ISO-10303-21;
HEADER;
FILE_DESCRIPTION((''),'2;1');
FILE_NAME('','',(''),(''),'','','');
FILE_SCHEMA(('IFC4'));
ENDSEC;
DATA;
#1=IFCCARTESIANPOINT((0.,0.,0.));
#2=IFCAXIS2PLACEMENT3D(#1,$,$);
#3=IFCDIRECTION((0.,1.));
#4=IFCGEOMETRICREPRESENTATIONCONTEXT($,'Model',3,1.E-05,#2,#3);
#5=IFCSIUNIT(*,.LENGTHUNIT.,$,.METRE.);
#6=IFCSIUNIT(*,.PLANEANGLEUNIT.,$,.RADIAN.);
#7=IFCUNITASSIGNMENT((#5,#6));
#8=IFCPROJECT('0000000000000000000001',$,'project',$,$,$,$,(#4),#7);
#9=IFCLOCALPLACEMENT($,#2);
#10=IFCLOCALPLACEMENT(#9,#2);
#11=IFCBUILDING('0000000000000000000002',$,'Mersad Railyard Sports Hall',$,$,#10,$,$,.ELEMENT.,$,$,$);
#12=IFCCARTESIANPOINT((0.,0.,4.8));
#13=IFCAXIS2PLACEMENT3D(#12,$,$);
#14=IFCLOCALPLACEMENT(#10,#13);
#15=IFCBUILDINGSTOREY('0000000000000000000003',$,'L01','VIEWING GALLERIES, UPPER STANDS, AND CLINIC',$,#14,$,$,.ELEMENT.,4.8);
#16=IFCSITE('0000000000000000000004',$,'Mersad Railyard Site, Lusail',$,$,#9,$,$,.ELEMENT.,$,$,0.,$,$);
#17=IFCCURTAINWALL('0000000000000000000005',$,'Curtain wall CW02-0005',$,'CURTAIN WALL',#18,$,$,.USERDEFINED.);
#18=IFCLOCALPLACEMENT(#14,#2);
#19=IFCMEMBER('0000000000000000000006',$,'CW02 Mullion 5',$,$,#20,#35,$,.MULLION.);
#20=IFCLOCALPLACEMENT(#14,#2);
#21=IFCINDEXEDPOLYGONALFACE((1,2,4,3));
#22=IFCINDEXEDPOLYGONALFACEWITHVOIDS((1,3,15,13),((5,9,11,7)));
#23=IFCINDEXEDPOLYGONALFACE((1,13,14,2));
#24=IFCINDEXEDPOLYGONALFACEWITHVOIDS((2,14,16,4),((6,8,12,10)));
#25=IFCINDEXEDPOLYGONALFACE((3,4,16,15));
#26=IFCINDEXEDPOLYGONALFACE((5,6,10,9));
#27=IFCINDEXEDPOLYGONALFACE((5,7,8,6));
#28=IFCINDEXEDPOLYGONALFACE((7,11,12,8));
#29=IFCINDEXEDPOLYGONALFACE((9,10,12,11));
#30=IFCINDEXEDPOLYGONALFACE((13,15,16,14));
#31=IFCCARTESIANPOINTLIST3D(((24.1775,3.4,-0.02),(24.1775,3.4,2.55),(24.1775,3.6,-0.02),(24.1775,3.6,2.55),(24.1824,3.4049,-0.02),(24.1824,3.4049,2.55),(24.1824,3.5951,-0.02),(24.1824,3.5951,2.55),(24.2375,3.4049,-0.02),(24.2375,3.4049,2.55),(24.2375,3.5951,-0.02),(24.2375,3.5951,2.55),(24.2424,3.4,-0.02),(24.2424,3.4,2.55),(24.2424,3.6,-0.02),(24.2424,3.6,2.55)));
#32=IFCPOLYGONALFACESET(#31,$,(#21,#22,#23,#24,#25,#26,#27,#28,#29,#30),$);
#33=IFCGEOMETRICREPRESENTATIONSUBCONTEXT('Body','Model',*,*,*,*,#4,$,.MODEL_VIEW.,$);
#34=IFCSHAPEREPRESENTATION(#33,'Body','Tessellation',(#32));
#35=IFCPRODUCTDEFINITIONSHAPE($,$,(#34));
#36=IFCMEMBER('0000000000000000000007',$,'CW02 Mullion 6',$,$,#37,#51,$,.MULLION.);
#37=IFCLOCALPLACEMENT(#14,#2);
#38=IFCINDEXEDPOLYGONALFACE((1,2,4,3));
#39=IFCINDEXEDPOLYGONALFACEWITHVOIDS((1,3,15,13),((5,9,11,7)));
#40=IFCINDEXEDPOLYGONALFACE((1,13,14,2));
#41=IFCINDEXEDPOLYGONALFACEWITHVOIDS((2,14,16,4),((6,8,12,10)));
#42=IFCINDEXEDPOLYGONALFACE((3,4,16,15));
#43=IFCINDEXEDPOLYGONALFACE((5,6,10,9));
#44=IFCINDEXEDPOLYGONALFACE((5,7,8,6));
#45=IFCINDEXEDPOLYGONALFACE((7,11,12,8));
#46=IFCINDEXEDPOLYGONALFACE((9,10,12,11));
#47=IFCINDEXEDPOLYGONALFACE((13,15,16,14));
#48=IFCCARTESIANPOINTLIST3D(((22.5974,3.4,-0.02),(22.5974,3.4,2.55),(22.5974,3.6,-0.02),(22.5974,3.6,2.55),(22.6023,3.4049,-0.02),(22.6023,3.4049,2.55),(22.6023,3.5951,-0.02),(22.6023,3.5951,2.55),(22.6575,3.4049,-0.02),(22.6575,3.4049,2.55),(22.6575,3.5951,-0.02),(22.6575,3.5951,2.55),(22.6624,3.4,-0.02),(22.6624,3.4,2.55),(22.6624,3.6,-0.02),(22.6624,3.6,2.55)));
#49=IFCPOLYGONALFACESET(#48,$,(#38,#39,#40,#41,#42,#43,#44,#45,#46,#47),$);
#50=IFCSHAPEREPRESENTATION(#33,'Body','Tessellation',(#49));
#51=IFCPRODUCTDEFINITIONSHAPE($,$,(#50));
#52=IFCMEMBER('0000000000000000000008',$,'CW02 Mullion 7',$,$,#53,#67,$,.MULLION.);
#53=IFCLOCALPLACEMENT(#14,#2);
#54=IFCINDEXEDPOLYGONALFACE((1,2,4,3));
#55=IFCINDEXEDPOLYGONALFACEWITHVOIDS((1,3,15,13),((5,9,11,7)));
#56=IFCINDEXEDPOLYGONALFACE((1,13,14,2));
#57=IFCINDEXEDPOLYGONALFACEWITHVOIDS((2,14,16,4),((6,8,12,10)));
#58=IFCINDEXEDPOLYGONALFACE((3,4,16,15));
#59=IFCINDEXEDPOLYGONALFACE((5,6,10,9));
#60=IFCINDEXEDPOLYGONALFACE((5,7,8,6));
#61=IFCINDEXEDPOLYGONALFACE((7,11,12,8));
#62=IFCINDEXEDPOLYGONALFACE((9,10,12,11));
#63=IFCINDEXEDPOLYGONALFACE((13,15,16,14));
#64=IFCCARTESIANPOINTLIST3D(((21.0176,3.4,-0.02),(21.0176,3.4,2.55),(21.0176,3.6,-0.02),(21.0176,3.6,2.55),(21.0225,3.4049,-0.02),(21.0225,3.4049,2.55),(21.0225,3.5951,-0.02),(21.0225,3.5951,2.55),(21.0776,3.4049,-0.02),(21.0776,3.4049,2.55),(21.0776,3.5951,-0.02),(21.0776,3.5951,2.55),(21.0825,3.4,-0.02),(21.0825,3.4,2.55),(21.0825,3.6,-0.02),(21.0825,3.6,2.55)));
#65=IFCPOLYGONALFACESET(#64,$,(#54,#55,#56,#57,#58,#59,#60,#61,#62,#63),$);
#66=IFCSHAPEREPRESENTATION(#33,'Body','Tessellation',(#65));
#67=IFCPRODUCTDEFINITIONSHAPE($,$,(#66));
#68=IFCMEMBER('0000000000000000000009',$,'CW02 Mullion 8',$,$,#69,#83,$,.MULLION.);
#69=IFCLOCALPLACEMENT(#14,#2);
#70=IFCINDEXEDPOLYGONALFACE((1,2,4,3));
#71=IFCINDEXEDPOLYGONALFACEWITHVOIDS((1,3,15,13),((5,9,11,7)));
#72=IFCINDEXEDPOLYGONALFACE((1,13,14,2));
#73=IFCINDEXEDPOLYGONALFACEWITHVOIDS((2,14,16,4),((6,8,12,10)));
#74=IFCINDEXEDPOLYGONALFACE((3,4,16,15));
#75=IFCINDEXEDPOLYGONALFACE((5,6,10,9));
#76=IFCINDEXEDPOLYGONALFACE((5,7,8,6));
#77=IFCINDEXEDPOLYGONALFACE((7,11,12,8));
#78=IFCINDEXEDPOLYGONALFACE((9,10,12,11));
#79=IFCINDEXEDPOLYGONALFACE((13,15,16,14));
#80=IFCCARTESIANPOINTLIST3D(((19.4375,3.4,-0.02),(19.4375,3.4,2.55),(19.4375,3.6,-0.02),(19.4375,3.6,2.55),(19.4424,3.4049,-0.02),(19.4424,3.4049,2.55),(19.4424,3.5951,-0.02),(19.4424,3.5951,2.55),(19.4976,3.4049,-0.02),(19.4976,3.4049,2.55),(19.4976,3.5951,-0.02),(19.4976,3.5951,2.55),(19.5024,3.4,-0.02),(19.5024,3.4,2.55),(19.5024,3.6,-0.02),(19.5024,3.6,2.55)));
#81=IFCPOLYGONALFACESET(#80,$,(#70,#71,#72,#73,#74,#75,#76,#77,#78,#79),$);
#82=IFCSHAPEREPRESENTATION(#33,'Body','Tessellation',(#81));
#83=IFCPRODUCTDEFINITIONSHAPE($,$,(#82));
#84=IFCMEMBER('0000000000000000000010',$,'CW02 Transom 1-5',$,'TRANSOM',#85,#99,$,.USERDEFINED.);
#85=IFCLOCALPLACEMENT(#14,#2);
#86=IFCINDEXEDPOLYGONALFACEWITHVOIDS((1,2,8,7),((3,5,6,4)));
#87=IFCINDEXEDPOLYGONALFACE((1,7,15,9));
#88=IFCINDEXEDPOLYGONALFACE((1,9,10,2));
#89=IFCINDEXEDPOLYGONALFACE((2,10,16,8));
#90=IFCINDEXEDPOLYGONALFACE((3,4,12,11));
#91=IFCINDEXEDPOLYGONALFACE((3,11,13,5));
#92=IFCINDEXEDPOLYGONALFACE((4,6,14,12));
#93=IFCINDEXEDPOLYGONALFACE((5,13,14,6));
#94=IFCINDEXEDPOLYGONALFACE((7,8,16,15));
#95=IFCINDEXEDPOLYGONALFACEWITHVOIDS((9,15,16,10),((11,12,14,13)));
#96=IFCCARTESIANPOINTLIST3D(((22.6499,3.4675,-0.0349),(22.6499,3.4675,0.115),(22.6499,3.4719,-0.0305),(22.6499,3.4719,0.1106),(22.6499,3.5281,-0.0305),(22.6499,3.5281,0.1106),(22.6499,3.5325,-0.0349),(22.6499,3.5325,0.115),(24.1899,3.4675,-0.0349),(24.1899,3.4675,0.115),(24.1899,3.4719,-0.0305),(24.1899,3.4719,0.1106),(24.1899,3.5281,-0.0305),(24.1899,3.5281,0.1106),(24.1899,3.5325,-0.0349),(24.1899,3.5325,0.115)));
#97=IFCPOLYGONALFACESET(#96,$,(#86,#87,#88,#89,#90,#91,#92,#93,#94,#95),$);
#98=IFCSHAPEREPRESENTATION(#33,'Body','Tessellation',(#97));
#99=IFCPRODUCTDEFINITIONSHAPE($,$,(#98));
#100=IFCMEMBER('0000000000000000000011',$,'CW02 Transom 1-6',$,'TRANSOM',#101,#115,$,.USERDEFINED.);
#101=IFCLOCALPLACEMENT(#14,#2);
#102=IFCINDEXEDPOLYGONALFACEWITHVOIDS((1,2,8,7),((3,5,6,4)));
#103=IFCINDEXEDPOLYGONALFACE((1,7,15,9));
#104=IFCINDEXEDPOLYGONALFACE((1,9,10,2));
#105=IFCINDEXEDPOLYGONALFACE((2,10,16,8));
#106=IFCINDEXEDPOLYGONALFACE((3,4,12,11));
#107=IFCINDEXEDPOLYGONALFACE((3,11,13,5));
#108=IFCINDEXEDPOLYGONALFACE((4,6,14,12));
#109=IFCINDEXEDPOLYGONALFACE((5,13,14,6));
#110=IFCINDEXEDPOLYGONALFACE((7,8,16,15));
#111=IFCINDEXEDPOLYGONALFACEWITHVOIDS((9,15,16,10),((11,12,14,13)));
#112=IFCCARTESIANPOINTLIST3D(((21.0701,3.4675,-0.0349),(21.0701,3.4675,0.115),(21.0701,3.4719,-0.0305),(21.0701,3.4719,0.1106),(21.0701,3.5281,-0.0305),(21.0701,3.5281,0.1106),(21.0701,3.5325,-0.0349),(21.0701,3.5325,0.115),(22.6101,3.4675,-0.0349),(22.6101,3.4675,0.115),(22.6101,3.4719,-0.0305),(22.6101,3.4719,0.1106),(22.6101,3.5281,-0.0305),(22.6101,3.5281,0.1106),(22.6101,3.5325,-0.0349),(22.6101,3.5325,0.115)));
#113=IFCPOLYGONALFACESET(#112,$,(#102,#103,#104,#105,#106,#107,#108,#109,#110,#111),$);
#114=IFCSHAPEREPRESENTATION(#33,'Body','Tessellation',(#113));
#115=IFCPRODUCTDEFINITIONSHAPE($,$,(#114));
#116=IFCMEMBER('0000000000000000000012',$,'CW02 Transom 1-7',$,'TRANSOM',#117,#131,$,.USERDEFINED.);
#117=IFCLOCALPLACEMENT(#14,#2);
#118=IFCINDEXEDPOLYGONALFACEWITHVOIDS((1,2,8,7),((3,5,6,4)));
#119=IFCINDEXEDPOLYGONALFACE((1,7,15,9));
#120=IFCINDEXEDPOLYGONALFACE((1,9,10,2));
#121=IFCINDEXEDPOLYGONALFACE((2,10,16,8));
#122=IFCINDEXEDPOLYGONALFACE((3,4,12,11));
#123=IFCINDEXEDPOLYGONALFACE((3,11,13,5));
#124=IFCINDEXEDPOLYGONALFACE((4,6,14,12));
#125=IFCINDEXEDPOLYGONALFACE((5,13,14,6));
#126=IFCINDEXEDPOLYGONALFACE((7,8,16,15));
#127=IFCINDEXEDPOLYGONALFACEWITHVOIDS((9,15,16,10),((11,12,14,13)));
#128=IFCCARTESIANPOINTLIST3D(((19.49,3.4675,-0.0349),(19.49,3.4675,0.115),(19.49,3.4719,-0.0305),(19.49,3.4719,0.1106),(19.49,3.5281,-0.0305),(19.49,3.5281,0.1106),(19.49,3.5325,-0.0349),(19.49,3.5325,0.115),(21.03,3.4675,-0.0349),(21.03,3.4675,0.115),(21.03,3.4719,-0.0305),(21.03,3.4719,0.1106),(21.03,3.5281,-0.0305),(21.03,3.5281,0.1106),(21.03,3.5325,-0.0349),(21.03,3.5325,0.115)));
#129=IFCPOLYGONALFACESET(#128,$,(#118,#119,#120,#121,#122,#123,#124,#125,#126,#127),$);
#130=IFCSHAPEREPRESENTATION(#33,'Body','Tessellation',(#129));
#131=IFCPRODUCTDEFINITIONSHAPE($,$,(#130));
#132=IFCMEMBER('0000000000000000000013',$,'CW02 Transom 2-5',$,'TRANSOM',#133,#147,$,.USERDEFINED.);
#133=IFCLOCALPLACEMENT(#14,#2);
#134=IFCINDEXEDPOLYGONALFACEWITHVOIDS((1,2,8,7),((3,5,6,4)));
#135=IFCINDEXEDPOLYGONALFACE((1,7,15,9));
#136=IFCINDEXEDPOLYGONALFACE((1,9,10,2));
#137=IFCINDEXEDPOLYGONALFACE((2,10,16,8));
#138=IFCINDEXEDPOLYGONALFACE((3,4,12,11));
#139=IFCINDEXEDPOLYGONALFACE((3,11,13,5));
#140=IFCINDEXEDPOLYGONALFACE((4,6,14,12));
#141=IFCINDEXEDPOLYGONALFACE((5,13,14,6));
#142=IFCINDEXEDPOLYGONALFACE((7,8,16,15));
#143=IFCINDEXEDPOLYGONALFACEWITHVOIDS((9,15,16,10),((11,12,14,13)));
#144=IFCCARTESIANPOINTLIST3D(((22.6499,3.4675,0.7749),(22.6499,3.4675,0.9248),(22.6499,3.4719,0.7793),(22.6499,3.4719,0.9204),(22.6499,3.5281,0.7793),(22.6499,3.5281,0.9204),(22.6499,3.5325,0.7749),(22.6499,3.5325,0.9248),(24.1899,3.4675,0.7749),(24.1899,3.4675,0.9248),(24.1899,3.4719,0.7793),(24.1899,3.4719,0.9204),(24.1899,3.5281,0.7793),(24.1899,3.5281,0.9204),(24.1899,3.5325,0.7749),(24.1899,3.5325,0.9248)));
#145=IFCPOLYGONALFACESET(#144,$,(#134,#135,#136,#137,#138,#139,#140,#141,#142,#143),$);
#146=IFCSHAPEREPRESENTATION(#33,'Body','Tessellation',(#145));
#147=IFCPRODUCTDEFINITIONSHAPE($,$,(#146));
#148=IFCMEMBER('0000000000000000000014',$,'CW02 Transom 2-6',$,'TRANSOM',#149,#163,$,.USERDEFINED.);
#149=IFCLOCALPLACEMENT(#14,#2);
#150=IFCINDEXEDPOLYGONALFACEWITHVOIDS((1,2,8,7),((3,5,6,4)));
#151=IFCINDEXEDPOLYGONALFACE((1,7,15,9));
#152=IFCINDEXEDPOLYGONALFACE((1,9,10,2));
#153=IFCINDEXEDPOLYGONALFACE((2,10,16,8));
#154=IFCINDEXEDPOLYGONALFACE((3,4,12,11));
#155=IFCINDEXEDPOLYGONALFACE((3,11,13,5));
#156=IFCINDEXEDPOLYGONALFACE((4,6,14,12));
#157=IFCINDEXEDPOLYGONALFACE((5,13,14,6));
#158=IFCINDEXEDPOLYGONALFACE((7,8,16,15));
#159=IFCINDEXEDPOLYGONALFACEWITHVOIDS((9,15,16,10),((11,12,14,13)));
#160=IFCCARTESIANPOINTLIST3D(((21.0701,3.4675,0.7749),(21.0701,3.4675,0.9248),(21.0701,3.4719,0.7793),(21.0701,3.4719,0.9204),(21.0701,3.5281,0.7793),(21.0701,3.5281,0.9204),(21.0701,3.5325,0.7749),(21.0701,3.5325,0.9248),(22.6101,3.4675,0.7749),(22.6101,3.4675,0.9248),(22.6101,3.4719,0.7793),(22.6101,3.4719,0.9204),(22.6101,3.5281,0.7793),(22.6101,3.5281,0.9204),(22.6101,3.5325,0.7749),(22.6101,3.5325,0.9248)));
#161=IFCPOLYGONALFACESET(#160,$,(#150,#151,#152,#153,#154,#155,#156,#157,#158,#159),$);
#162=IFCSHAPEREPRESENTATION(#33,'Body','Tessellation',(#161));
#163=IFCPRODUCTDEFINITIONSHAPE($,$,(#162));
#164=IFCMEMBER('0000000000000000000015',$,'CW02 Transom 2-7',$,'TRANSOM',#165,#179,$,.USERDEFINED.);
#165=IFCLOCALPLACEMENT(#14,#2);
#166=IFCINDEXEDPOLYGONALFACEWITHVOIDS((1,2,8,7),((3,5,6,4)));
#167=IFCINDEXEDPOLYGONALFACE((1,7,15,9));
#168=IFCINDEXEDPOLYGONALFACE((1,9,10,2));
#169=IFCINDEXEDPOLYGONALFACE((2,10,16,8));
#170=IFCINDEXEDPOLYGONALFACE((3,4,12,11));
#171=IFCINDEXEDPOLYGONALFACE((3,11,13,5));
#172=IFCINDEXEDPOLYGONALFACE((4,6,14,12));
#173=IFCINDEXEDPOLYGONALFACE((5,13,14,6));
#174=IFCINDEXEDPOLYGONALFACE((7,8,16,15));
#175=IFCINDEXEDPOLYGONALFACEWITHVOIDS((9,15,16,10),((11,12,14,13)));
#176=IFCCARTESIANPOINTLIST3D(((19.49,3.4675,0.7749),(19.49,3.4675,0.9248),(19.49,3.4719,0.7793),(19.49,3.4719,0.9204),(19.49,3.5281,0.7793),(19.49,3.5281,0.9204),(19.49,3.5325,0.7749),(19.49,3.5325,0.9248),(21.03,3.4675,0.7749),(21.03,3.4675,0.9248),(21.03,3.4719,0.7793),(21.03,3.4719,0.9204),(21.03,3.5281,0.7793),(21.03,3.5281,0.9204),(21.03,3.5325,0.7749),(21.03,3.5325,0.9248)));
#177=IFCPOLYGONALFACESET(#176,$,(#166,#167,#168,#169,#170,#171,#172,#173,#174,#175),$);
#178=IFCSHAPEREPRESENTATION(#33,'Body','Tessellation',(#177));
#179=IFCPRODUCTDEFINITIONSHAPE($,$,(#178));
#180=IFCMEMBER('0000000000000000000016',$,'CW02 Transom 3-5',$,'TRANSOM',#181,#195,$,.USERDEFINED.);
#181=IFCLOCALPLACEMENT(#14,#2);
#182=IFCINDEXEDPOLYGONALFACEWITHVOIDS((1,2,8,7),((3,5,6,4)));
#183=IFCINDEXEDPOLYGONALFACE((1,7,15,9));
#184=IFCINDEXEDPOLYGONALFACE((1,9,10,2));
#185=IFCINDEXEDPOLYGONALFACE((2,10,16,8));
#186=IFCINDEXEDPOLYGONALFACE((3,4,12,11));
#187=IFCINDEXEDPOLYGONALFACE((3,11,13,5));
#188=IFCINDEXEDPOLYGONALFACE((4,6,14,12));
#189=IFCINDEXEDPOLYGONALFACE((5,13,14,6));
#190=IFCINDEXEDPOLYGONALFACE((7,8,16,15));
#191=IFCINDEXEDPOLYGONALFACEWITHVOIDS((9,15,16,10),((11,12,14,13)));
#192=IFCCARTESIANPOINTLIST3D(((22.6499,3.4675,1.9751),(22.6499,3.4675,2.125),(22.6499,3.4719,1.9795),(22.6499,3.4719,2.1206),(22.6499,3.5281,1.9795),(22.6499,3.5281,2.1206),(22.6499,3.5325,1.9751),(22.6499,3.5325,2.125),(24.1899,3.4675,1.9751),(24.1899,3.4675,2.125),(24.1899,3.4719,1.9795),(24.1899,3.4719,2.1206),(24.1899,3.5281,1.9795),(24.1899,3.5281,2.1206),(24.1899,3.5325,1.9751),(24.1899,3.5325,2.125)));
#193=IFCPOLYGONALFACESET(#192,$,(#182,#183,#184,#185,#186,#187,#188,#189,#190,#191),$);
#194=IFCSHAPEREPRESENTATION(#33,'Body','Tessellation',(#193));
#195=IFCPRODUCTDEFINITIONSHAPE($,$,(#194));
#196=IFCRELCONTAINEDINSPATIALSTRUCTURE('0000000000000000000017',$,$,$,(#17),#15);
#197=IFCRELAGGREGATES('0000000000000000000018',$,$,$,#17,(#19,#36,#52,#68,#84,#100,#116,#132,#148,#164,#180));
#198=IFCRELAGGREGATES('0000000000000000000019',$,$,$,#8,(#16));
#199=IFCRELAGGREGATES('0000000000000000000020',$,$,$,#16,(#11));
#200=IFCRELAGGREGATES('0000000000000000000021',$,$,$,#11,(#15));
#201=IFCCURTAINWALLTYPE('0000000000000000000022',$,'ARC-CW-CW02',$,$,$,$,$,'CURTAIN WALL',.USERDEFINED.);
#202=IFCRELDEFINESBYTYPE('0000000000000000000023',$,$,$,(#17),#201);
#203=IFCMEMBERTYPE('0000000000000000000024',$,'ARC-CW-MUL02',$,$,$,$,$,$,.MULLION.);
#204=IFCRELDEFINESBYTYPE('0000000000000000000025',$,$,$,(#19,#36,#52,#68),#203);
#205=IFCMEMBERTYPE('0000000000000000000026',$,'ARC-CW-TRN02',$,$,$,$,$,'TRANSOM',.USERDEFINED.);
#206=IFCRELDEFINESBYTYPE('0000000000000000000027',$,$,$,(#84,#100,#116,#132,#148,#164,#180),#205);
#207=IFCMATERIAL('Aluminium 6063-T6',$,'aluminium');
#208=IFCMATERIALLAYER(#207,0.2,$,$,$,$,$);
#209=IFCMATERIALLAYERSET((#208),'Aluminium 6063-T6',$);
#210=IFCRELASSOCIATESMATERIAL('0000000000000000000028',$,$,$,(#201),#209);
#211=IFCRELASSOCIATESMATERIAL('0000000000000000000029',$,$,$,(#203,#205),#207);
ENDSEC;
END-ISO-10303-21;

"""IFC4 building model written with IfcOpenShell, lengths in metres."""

from ifc_helpers import new_model, si_unit, direction, frame, origin, origin_2d, place, context, subcontext, project, spatial, hollow_rectangle, extrude, material, layer, layer_set, material_profile, profile_set, type_object, element, aggregate, save


model = new_model("IFC4")

# Units and contexts
model_context = context("Model", 3, precision=1e-05, world=origin(), true_north=direction((0.0, 1.0)))
body_context = subcontext(model_context, "Body", "Model", "MODEL_VIEW")
ifc_project = project(units=[si_unit("LENGTHUNIT", "METRE"), si_unit("PLANEANGLEUNIT", "RADIAN")], contexts=[model_context])

# Site, building, storey
site_placement = place(None, origin())
site = spatial("IfcSite", under=ifc_project, at=site_placement, Name="Mersad Railyard Site, Lusail", CompositionType="ELEMENT", RefElevation=0.0)
building_placement = place(site_placement, origin())
building = spatial("IfcBuilding", under=site, at=building_placement, Name="Mersad Railyard Sports Hall", CompositionType="ELEMENT")
storey_placement = place(building_placement, frame((0.0, 0.0, 4.8)))
storey = spatial("IfcBuildingStorey", under=building, at=storey_placement, Name="L01", Description="VIEWING GALLERIES, UPPER STANDS, AND CLINIC", CompositionType="ELEMENT", Elevation=4.8)

# Curtain wall, members
ifc_material_1 = material(Name="Aluminium 6063-T6", Category="aluminium")
ifc_layer_1 = layer(ifc_material_1, 0.2)
ifc_layer_set_1 = layer_set([ifc_layer_1], Name="Aluminium 6063-T6")
curtain_wall_type = type_object("IfcCurtainWallType", Name="ARC-CW-CW02", ElementType="CURTAIN WALL", PredefinedType="USERDEFINED", material=ifc_layer_set_1)
curtain_wall_placement = place(storey_placement, origin())
curtain_wall = element("IfcCurtainWall", 1, at=curtain_wall_placement, inside=storey, type_object=curtain_wall_type, Name="Curtain wall CW02-0005", ObjectType="CURTAIN WALL", PredefinedType="USERDEFINED")
ifc_material_profile_1 = material_profile(ifc_material_1, hollow_rectangle(XDim=0.0649, YDim=0.2, WallThickness=0.0049, at=origin_2d()), Name="AL MULLION 65x200x5")
ifc_profile_set_1 = profile_set([ifc_material_profile_1], Name="Aluminium 6063-T6")
member_type_1 = type_object("IfcMemberType", Name="ARC-CW-MUL02", PredefinedType="MULLION", material=ifc_profile_set_1)
member_1_placement = place(storey_placement, frame((24.21, 3.5, -0.02), z_axis=(0.0, 0.0, 1.0), x_axis=(1.0, 0.0, 0.0)))
member_1 = element("IfcMember", 2, at=member_1_placement, type_object=member_type_1, Name="CW02 Mullion 5", PredefinedType="MULLION", context=body_context, shape_type="SweptSolid", body=[
    extrude(hollow_rectangle(XDim=0.0649, YDim=0.2, WallThickness=0.0049, at=origin_2d()), origin(), (0.0, 0.0, 1.0), 2.5701),
])
member_2_placement = place(storey_placement, frame((22.6299, 3.5, -0.02), z_axis=(0.0, 0.0, 1.0), x_axis=(1.0, 0.0, 0.0)))
member_2 = element("IfcMember", 3, at=member_2_placement, type_object=member_type_1, Name="CW02 Mullion 6", PredefinedType="MULLION", context=body_context, shape_type="SweptSolid", body=[
    extrude(hollow_rectangle(XDim=0.0649, YDim=0.2, WallThickness=0.0049, at=origin_2d()), origin(), (0.0, 0.0, 1.0), 2.5701),
])
member_3_placement = place(storey_placement, frame((21.05, 3.5, -0.02), z_axis=(0.0, 0.0, 1.0), x_axis=(1.0, 0.0, 0.0)))
member_3 = element("IfcMember", 4, at=member_3_placement, type_object=member_type_1, Name="CW02 Mullion 7", PredefinedType="MULLION", context=body_context, shape_type="SweptSolid", body=[
    extrude(hollow_rectangle(XDim=0.0649, YDim=0.2, WallThickness=0.0049, at=origin_2d()), origin(), (0.0, 0.0, 1.0), 2.5701),
])
member_4_placement = place(storey_placement, frame((19.47, 3.5, -0.02), z_axis=(0.0, 0.0, 1.0), x_axis=(1.0, 0.0, 0.0)))
member_4 = element("IfcMember", 5, at=member_4_placement, type_object=member_type_1, Name="CW02 Mullion 8", PredefinedType="MULLION", context=body_context, shape_type="SweptSolid", body=[
    extrude(hollow_rectangle(XDim=0.0649, YDim=0.2, WallThickness=0.0049, at=origin_2d()), origin(), (0.0, 0.0, 1.0), 2.5701),
])
ifc_material_profile_2 = material_profile(ifc_material_1, hollow_rectangle(XDim=0.0649, YDim=0.1499, WallThickness=0.0044, at=origin_2d()), Name="AL TRANSOM 65x150x4.5")
ifc_profile_set_2 = profile_set([ifc_material_profile_2], Name="Aluminium 6063-T6")
member_type_2 = type_object("IfcMemberType", Name="ARC-CW-TRN02", ElementType="TRANSOM", PredefinedType="USERDEFINED", material=ifc_profile_set_2)
member_5_placement = place(storey_placement, frame((24.1899, 3.5, 0.04), z_axis=(-1.0, 0.0, 0.0), x_axis=(0.0, -1.0, 0.0)))
member_5 = element("IfcMember", 6, at=member_5_placement, type_object=member_type_2, Name="CW02 Transom 1-5", ObjectType="TRANSOM", PredefinedType="USERDEFINED", context=body_context, shape_type="SweptSolid", body=[
    extrude(hollow_rectangle(XDim=0.0649, YDim=0.1499, WallThickness=0.0044, at=origin_2d()), origin(), (0.0, 0.0, 1.0), 1.54),
])
member_6_placement = place(storey_placement, frame((22.6101, 3.5, 0.04), z_axis=(-1.0, 0.0, 0.0), x_axis=(0.0, -1.0, 0.0)))
member_6 = element("IfcMember", 7, at=member_6_placement, type_object=member_type_2, Name="CW02 Transom 1-6", ObjectType="TRANSOM", PredefinedType="USERDEFINED", context=body_context, shape_type="SweptSolid", body=[
    extrude(hollow_rectangle(XDim=0.0649, YDim=0.1499, WallThickness=0.0044, at=origin_2d()), origin(), (0.0, 0.0, 1.0), 1.54),
])
member_7_placement = place(storey_placement, frame((21.03, 3.5, 0.04), z_axis=(-1.0, 0.0, 0.0), x_axis=(0.0, -1.0, 0.0)))
member_7 = element("IfcMember", 8, at=member_7_placement, type_object=member_type_2, Name="CW02 Transom 1-7", ObjectType="TRANSOM", PredefinedType="USERDEFINED", context=body_context, shape_type="SweptSolid", body=[
    extrude(hollow_rectangle(XDim=0.0649, YDim=0.1499, WallThickness=0.0044, at=origin_2d()), origin(), (0.0, 0.0, 1.0), 1.54),
])
member_8_placement = place(storey_placement, frame((24.1899, 3.5, 0.8499), z_axis=(-1.0, 0.0, 0.0), x_axis=(0.0, -1.0, 0.0)))
member_8 = element("IfcMember", 9, at=member_8_placement, type_object=member_type_2, Name="CW02 Transom 2-5", ObjectType="TRANSOM", PredefinedType="USERDEFINED", context=body_context, shape_type="SweptSolid", body=[
    extrude(hollow_rectangle(XDim=0.0649, YDim=0.1499, WallThickness=0.0044, at=origin_2d()), origin(), (0.0, 0.0, 1.0), 1.54),
])
member_9_placement = place(storey_placement, frame((22.6101, 3.5, 0.8499), z_axis=(-1.0, 0.0, 0.0), x_axis=(0.0, -1.0, 0.0)))
member_9 = element("IfcMember", 10, at=member_9_placement, type_object=member_type_2, Name="CW02 Transom 2-6", ObjectType="TRANSOM", PredefinedType="USERDEFINED", context=body_context, shape_type="SweptSolid", body=[
    extrude(hollow_rectangle(XDim=0.0649, YDim=0.1499, WallThickness=0.0044, at=origin_2d()), origin(), (0.0, 0.0, 1.0), 1.54),
])
member_10_placement = place(storey_placement, frame((21.03, 3.5, 0.8499), z_axis=(-1.0, 0.0, 0.0), x_axis=(0.0, -1.0, 0.0)))
member_10 = element("IfcMember", 11, at=member_10_placement, type_object=member_type_2, Name="CW02 Transom 2-7", ObjectType="TRANSOM", PredefinedType="USERDEFINED", context=body_context, shape_type="SweptSolid", body=[
    extrude(hollow_rectangle(XDim=0.0649, YDim=0.1499, WallThickness=0.0044, at=origin_2d()), origin(), (0.0, 0.0, 1.0), 1.54),
])
member_11_placement = place(storey_placement, frame((24.1899, 3.5, 2.05), z_axis=(-1.0, 0.0, 0.0), x_axis=(0.0, -1.0, 0.0)))
member_11 = element("IfcMember", 12, at=member_11_placement, type_object=member_type_2, Name="CW02 Transom 3-5", ObjectType="TRANSOM", PredefinedType="USERDEFINED", context=body_context, shape_type="SweptSolid", body=[
    extrude(hollow_rectangle(XDim=0.0649, YDim=0.1499, WallThickness=0.0044, at=origin_2d()), origin(), (0.0, 0.0, 1.0), 1.54),
])

aggregate(curtain_wall, [member_1, member_2, member_3, member_4, member_5, member_6, member_7, member_8, member_9, member_10, member_11])

save(model, "model.ifc")
